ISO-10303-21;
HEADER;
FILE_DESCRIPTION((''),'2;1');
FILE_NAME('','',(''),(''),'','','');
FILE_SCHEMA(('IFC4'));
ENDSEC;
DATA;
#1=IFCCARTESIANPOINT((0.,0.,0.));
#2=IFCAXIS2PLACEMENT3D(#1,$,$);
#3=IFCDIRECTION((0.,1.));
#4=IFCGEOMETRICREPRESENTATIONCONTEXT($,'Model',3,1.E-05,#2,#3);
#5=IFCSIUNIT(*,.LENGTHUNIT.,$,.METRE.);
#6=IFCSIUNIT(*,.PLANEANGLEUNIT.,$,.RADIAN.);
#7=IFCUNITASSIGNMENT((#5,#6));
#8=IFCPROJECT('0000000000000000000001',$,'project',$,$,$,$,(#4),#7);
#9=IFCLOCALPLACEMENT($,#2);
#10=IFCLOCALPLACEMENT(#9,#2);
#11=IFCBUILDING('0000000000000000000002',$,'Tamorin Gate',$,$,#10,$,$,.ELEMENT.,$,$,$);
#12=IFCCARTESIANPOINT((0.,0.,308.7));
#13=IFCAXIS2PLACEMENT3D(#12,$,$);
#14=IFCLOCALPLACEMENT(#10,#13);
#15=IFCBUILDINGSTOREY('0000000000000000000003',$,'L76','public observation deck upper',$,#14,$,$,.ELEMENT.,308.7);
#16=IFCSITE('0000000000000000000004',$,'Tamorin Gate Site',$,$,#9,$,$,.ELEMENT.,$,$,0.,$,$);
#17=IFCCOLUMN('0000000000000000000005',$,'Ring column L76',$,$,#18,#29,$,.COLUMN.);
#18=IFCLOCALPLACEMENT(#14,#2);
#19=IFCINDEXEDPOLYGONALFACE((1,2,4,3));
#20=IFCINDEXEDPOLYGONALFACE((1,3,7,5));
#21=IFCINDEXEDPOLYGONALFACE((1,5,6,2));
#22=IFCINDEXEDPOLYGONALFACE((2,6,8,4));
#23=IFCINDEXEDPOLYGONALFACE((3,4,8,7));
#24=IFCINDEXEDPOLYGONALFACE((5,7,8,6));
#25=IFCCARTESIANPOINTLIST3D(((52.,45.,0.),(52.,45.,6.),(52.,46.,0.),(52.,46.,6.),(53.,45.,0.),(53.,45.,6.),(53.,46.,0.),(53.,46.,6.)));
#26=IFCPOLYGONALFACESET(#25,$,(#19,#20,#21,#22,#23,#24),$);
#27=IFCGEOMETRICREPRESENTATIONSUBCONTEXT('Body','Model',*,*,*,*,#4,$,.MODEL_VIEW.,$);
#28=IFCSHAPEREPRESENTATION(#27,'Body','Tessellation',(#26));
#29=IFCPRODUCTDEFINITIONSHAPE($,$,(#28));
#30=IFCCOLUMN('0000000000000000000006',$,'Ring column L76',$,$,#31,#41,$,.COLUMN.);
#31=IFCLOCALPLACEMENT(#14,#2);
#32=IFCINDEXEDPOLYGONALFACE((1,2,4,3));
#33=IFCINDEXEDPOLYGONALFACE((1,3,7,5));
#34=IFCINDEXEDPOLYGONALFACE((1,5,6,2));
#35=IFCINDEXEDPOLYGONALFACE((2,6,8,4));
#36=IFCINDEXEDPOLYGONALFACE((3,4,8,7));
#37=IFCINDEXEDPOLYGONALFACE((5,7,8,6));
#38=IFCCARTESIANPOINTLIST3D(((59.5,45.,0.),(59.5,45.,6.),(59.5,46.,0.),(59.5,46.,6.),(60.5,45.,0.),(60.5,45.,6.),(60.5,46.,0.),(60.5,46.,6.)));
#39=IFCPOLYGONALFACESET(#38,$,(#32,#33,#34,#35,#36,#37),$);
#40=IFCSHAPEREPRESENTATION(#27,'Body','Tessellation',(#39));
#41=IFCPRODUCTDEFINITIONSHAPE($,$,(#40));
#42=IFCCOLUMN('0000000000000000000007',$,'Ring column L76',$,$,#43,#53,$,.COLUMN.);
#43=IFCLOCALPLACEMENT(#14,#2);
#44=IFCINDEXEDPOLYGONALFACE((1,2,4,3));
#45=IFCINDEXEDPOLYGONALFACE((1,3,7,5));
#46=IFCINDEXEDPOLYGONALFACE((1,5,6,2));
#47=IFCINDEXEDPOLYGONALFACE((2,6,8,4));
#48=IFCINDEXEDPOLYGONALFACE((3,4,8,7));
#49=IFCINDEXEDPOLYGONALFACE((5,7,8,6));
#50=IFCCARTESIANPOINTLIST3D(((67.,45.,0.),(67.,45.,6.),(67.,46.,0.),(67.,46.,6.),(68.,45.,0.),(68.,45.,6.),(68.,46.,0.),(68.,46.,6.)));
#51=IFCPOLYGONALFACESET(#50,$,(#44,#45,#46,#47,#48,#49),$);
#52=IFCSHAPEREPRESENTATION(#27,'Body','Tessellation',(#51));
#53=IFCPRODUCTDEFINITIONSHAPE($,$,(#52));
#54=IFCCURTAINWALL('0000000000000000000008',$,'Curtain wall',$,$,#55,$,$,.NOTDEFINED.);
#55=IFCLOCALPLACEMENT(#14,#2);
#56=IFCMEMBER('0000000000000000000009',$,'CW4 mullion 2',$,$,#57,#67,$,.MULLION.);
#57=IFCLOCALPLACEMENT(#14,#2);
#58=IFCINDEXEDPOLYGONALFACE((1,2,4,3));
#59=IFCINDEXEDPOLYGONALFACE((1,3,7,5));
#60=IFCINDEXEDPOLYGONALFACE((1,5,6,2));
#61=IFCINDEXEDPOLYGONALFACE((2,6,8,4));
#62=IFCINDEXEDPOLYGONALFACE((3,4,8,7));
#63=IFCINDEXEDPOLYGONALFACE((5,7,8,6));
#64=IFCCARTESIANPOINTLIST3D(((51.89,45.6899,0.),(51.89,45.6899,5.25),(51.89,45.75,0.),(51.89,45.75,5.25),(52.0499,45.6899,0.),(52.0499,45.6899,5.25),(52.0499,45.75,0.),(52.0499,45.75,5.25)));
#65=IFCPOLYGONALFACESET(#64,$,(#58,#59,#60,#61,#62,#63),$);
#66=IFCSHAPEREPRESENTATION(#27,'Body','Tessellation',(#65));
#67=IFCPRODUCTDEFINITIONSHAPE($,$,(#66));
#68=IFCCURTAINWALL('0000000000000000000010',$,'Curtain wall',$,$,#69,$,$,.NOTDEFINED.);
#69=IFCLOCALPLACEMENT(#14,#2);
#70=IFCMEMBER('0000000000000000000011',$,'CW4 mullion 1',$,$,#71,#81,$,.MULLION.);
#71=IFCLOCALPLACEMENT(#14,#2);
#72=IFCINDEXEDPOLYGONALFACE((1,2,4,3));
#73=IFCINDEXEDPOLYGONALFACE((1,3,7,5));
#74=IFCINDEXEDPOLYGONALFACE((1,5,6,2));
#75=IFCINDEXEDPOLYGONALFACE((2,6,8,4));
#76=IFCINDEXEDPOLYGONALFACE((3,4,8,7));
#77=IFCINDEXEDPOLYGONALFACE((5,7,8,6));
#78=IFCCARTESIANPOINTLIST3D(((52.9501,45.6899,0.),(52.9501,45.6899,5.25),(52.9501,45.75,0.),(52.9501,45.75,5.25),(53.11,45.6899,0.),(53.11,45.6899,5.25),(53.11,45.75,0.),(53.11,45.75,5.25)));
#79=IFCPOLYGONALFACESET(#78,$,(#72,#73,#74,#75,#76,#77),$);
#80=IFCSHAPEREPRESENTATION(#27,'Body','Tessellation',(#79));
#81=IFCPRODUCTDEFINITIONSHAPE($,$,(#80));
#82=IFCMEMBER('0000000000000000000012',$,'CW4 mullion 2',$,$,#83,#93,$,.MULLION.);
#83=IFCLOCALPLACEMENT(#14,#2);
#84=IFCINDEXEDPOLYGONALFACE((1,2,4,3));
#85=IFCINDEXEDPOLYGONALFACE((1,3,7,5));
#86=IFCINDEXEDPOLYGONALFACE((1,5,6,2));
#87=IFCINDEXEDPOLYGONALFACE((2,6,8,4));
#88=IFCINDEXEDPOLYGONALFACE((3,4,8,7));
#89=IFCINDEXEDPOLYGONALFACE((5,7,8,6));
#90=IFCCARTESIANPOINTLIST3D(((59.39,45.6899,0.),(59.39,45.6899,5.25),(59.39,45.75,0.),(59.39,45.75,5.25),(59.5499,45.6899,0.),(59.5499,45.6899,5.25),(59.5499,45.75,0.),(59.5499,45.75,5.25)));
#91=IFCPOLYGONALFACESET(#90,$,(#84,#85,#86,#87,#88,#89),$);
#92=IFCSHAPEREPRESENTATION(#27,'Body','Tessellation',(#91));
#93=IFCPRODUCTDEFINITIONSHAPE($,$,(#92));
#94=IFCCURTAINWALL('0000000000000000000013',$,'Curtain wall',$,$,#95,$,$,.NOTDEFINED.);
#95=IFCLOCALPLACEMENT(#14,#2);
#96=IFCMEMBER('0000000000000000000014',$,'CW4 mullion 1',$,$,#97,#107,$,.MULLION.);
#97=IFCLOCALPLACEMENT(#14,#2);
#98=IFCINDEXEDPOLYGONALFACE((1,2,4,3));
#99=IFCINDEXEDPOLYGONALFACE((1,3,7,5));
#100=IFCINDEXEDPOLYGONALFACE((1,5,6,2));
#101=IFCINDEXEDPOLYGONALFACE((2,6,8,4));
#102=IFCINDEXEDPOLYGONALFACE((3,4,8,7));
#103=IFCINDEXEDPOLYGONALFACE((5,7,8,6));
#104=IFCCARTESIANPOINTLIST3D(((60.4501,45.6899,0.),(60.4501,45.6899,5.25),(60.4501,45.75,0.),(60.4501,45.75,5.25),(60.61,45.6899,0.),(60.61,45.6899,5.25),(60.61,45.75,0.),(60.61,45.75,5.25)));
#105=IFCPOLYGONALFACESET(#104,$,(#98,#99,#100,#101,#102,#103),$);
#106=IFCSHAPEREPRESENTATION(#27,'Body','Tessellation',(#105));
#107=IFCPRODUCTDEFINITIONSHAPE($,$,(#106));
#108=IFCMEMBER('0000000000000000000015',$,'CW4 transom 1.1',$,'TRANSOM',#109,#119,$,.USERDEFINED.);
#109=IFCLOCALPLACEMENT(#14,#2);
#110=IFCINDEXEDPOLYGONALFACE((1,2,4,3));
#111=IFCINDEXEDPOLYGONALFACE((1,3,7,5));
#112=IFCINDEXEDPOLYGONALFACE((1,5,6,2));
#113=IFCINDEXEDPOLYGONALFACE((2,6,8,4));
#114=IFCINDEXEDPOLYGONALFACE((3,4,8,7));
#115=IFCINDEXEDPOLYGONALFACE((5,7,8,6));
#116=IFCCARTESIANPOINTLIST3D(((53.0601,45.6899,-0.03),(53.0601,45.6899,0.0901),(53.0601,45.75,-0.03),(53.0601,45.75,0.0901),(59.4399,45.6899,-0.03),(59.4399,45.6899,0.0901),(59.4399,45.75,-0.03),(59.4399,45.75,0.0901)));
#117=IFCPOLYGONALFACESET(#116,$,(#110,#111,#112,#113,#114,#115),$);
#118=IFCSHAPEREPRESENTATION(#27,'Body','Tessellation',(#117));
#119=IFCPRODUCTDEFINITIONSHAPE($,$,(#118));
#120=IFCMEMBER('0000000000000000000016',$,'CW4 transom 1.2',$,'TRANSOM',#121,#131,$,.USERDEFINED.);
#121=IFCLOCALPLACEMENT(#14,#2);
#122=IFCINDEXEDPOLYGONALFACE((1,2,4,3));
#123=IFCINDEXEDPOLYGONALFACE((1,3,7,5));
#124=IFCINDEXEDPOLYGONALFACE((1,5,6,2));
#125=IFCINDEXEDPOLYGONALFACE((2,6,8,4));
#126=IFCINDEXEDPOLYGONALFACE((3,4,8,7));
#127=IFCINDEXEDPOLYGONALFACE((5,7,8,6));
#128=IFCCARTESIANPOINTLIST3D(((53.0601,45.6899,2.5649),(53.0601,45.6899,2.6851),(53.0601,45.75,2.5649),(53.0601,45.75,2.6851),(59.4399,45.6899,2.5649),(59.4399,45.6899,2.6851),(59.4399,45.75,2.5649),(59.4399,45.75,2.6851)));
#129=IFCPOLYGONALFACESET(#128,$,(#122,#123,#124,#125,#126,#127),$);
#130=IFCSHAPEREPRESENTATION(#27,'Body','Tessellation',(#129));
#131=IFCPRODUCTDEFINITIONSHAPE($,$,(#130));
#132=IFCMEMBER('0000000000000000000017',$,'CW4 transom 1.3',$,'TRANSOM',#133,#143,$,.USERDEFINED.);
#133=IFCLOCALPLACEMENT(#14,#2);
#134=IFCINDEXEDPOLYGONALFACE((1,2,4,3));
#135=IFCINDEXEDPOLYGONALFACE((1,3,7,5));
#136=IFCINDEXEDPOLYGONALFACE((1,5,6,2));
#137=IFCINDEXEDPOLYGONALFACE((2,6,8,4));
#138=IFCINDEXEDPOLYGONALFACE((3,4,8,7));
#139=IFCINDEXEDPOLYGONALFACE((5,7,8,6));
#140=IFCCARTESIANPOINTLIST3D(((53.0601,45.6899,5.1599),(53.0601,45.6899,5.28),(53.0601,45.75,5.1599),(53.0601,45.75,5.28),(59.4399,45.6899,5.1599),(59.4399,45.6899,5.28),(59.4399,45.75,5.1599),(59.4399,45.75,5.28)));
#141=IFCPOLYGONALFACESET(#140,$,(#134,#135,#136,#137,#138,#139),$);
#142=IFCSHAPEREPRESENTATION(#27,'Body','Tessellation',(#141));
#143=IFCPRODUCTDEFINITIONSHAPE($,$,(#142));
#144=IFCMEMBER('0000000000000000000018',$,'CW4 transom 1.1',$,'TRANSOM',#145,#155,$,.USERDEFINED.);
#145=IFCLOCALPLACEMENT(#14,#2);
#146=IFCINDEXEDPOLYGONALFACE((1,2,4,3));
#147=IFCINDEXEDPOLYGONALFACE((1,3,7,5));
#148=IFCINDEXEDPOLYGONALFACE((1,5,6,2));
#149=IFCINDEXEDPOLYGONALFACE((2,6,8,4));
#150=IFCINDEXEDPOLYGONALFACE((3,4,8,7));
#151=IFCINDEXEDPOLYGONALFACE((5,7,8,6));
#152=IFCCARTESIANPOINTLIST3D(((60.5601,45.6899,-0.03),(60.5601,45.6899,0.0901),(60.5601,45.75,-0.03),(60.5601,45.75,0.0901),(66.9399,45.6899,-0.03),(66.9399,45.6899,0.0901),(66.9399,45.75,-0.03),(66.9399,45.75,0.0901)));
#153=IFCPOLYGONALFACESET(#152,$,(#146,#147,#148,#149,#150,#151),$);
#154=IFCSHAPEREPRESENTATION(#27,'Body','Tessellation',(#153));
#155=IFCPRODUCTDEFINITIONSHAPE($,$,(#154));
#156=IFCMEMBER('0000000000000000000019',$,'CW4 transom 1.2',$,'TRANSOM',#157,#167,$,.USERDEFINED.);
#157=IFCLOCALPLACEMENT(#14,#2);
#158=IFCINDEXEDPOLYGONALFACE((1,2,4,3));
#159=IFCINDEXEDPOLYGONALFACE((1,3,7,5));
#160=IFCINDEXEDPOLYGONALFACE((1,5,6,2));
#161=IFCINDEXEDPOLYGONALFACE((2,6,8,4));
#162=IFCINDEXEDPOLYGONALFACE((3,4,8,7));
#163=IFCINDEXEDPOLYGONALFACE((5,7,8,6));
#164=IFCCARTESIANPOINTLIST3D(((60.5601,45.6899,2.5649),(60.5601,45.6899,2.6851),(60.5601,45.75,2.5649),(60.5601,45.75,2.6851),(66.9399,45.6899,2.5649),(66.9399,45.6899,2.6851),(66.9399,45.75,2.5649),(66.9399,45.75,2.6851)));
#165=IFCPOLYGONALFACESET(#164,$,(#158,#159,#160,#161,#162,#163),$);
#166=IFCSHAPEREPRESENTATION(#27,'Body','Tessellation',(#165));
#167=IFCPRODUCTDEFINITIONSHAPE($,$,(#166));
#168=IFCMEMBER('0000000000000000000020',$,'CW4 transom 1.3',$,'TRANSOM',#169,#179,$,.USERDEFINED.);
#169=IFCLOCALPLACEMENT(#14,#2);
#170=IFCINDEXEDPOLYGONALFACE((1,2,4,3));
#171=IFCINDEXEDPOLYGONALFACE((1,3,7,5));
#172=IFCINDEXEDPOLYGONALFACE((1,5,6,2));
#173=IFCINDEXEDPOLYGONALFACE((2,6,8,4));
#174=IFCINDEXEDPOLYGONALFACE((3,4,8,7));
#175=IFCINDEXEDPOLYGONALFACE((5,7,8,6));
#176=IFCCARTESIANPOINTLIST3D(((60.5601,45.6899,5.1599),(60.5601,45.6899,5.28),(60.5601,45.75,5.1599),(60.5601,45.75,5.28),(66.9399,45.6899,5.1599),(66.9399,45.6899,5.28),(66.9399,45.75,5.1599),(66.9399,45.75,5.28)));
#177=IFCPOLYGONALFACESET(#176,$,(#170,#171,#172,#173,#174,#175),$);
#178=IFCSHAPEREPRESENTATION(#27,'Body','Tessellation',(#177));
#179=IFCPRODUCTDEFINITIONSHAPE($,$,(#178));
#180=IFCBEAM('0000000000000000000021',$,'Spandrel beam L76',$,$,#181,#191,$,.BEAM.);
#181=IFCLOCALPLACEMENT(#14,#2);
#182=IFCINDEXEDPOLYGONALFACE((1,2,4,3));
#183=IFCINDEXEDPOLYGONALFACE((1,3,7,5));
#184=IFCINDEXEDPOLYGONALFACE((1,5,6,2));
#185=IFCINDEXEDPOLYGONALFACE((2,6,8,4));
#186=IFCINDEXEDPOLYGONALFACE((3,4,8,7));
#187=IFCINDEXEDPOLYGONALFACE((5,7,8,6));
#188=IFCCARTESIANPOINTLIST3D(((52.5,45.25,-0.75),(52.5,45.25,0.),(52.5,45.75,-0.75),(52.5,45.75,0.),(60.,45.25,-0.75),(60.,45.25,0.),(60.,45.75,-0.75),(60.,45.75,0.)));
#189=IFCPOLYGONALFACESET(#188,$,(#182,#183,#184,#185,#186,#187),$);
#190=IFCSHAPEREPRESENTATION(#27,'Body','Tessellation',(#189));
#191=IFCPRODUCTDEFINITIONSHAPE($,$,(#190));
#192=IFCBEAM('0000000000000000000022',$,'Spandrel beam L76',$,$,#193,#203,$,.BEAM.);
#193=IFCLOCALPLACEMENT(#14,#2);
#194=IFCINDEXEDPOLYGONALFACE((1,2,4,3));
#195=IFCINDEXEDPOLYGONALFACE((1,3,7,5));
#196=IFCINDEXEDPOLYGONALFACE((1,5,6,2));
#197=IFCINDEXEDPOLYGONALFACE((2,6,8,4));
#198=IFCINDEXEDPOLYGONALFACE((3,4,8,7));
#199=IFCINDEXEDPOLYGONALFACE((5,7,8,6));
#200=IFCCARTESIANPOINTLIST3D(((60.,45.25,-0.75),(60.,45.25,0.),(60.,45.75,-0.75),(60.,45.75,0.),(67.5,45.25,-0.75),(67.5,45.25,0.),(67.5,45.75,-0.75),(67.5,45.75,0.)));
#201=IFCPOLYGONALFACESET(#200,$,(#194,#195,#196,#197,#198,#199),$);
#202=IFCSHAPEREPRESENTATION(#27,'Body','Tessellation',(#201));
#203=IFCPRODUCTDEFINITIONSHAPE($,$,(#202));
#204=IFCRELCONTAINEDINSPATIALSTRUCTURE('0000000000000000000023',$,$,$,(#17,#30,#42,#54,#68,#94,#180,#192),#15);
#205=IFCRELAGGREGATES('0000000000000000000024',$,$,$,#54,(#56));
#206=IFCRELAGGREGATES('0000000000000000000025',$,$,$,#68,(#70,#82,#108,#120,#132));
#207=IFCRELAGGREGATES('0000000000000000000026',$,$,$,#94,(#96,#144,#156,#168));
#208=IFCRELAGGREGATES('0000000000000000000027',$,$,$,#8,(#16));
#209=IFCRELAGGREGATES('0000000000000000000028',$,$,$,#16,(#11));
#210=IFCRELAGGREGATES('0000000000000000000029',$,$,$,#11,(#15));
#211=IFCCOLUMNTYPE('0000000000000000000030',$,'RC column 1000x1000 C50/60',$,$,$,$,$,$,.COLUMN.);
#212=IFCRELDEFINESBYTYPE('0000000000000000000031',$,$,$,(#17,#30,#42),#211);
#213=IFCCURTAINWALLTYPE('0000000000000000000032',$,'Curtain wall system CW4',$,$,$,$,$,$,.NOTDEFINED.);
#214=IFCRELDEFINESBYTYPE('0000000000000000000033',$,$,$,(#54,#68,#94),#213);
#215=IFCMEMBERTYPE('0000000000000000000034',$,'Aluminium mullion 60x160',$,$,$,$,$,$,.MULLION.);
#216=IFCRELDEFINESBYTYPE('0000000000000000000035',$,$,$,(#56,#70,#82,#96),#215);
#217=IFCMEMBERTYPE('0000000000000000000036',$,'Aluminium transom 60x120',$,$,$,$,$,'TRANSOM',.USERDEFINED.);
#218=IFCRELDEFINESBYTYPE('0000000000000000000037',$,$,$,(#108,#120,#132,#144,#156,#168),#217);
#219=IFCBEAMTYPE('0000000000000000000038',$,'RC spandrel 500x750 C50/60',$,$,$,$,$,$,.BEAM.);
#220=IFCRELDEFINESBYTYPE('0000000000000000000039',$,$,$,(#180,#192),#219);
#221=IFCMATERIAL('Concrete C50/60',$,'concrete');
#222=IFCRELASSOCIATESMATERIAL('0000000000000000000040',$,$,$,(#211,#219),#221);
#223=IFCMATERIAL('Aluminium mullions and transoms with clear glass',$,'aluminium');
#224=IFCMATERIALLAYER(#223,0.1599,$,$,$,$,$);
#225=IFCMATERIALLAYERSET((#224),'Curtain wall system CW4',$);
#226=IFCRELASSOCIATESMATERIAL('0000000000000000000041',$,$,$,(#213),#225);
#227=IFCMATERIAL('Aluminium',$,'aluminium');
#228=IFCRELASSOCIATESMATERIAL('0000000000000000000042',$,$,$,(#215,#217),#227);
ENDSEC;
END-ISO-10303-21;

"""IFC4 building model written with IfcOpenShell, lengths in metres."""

from ifc_helpers import new_model, si_unit, direction, frame, origin, origin_2d, place, context, subcontext, project, spatial, rectangle, extrude, material, layer, layer_set, material_profile, profile_set, type_object, element, aggregate, save


model = new_model("IFC4")

# Units and contexts
model_context = context("Model", 3, precision=1e-05, world=origin(), true_north=direction((0.0, 1.0)))
body_context = subcontext(model_context, "Body", "Model", "MODEL_VIEW")
ifc_project = project(units=[si_unit("LENGTHUNIT", "METRE"), si_unit("PLANEANGLEUNIT", "RADIAN")], contexts=[model_context])

# Site, building, storey
site_placement = place(None, origin())
site = spatial("IfcSite", under=ifc_project, at=site_placement, Name="Tamorin Gate Site", CompositionType="ELEMENT", RefElevation=0.0)
building_placement = place(site_placement, origin())
building = spatial("IfcBuilding", under=site, at=building_placement, Name="Tamorin Gate", CompositionType="ELEMENT")
storey_placement = place(building_placement, frame((0.0, 0.0, 308.7)))
storey = spatial("IfcBuildingStorey", under=building, at=storey_placement, Name="L76", Description="public observation deck upper", CompositionType="ELEMENT", Elevation=308.7)

# Columns
ifc_material_1 = material(Name="Concrete C50/60", Category="concrete")
ifc_material_profile_1 = material_profile(ifc_material_1, rectangle(XDim=1.0, YDim=1.0, at=origin_2d()), Name="RC 1000x1000")
ifc_profile_set_1 = profile_set([ifc_material_profile_1], Name="Concrete C50/60")
column_type = type_object("IfcColumnType", Name="RC column 1000x1000 C50/60", PredefinedType="COLUMN", material=ifc_profile_set_1)
for number, where, z_axis, x_axis, name in (
    (1, (52.5, 45.5, 0.0), (0.0, 0.0, 1.0), (1.0, 0.0, 0.0), "Ring column L76"),
    (2, (60.0, 45.5, 0.0), (0.0, 0.0, 1.0), (1.0, 0.0, 0.0), "Ring column L76"),
    (3, (67.5, 45.5, 0.0), (0.0, 0.0, 1.0), (1.0, 0.0, 0.0), "Ring column L76"),
):
    element("IfcColumn", number, at=place(storey_placement, frame(where, z_axis=z_axis, x_axis=x_axis)), inside=storey, type_object=column_type, Name=name, PredefinedType="COLUMN", context=body_context, shape_type="SweptSolid", body=[
        extrude(rectangle(XDim=1.0, YDim=1.0, at=origin_2d()), origin(), (0.0, 0.0, 1.0), 6.0),
    ])

# Curtain wall, member
ifc_material_2 = material(Name="Aluminium mullions and transoms with clear glass", Category="aluminium")
ifc_layer_1 = layer(ifc_material_2, 0.1599)
ifc_layer_set_1 = layer_set([ifc_layer_1], Name="Curtain wall system CW4")
curtain_wall_type = type_object("IfcCurtainWallType", Name="Curtain wall system CW4", PredefinedType="NOTDEFINED", material=ifc_layer_set_1)
curtain_wall_1_placement = place(storey_placement, origin())
curtain_wall_1 = element("IfcCurtainWall", 4, at=curtain_wall_1_placement, inside=storey, type_object=curtain_wall_type, Name="Curtain wall", PredefinedType="NOTDEFINED")
ifc_material_3 = material(Name="Aluminium", Category="aluminium")
ifc_material_profile_2 = material_profile(ifc_material_3, rectangle(XDim=0.0601, YDim=0.1599, at=origin_2d()), Name="RECT 60x160")
ifc_profile_set_2 = profile_set([ifc_material_profile_2], Name="Aluminium")
member_type_1 = type_object("IfcMemberType", Name="Aluminium mullion 60x160", PredefinedType="MULLION", material=ifc_profile_set_2)
member_1_placement = place(storey_placement, frame((51.97, 45.72, 0.0), z_axis=(0.0, 0.0, 1.0), x_axis=(0.0, 1.0, 0.0)))
member_1 = element("IfcMember", 5, at=member_1_placement, type_object=member_type_1, Name="CW4 mullion 2", PredefinedType="MULLION", context=body_context, shape_type="SweptSolid", body=[
    extrude(rectangle(XDim=0.0601, YDim=0.1599, at=origin_2d()), origin(), (0.0, 0.0, 1.0), 5.25),
])
aggregate(curtain_wall_1, [member_1])

# Curtain wall, members
curtain_wall_2_placement = place(storey_placement, origin())
curtain_wall_2 = element("IfcCurtainWall", 6, at=curtain_wall_2_placement, inside=storey, type_object=curtain_wall_type, Name="Curtain wall", PredefinedType="NOTDEFINED")
member_2_placement = place(storey_placement, frame((53.03, 45.72, 0.0), z_axis=(0.0, 0.0, 1.0), x_axis=(0.0, 1.0, 0.0)))
member_2 = element("IfcMember", 7, at=member_2_placement, type_object=member_type_1, Name="CW4 mullion 1", PredefinedType="MULLION", context=body_context, shape_type="SweptSolid", body=[
    extrude(rectangle(XDim=0.0601, YDim=0.1599, at=origin_2d()), origin(), (0.0, 0.0, 1.0), 5.25),
])
member_3_placement = place(storey_placement, frame((59.47, 45.72, 0.0), z_axis=(0.0, 0.0, 1.0), x_axis=(0.0, 1.0, 0.0)))
member_3 = element("IfcMember", 8, at=member_3_placement, type_object=member_type_1, Name="CW4 mullion 2", PredefinedType="MULLION", context=body_context, shape_type="SweptSolid", body=[
    extrude(rectangle(XDim=0.0601, YDim=0.1599, at=origin_2d()), origin(), (0.0, 0.0, 1.0), 5.25),
])

# Curtain wall, member
curtain_wall_3_placement = place(storey_placement, origin())
curtain_wall_3 = element("IfcCurtainWall", 9, at=curtain_wall_3_placement, inside=storey, type_object=curtain_wall_type, Name="Curtain wall", PredefinedType="NOTDEFINED")
member_4_placement = place(storey_placement, frame((60.53, 45.72, 0.0), z_axis=(0.0, 0.0, 1.0), x_axis=(0.0, 1.0, 0.0)))
member_4 = element("IfcMember", 10, at=member_4_placement, type_object=member_type_1, Name="CW4 mullion 1", PredefinedType="MULLION", context=body_context, shape_type="SweptSolid", body=[
    extrude(rectangle(XDim=0.0601, YDim=0.1599, at=origin_2d()), origin(), (0.0, 0.0, 1.0), 5.25),
])

# Members
ifc_material_profile_3 = material_profile(ifc_material_3, rectangle(XDim=0.0601, YDim=0.1201, at=origin_2d()), Name="RECT 60x120")
ifc_profile_set_3 = profile_set([ifc_material_profile_3], Name="Aluminium")
member_type_2 = type_object("IfcMemberType", Name="Aluminium transom 60x120", ElementType="TRANSOM", PredefinedType="USERDEFINED", material=ifc_profile_set_3)
member_5_placement = place(storey_placement, frame((53.0601, 45.72, 0.03), z_axis=(1.0, 0.0, 0.0), x_axis=(0.0, 1.0, 0.0)))
member_5 = element("IfcMember", 11, at=member_5_placement, type_object=member_type_2, Name="CW4 transom 1.1", ObjectType="TRANSOM", PredefinedType="USERDEFINED", context=body_context, shape_type="SweptSolid", body=[
    extrude(rectangle(XDim=0.0601, YDim=0.1201, at=origin_2d()), origin(), (0.0, 0.0, 1.0), 6.3799),
])
member_6_placement = place(storey_placement, frame((53.0601, 45.72, 2.625), z_axis=(1.0, 0.0, 0.0), x_axis=(0.0, 1.0, 0.0)))
member_6 = element("IfcMember", 12, at=member_6_placement, type_object=member_type_2, Name="CW4 transom 1.2", ObjectType="TRANSOM", PredefinedType="USERDEFINED", context=body_context, shape_type="SweptSolid", body=[
    extrude(rectangle(XDim=0.0601, YDim=0.1201, at=origin_2d()), origin(), (0.0, 0.0, 1.0), 6.3799),
])
member_7_placement = place(storey_placement, frame((53.0601, 45.72, 5.22), z_axis=(1.0, 0.0, 0.0), x_axis=(0.0, 1.0, 0.0)))
member_7 = element("IfcMember", 13, at=member_7_placement, type_object=member_type_2, Name="CW4 transom 1.3", ObjectType="TRANSOM", PredefinedType="USERDEFINED", context=body_context, shape_type="SweptSolid", body=[
    extrude(rectangle(XDim=0.0601, YDim=0.1201, at=origin_2d()), origin(), (0.0, 0.0, 1.0), 6.3799),
])
member_8_placement = place(storey_placement, frame((60.5601, 45.72, 0.03), z_axis=(1.0, 0.0, 0.0), x_axis=(0.0, 1.0, 0.0)))
member_8 = element("IfcMember", 14, at=member_8_placement, type_object=member_type_2, Name="CW4 transom 1.1", ObjectType="TRANSOM", PredefinedType="USERDEFINED", context=body_context, shape_type="SweptSolid", body=[
    extrude(rectangle(XDim=0.0601, YDim=0.1201, at=origin_2d()), origin(), (0.0, 0.0, 1.0), 6.3799),
])
member_9_placement = place(storey_placement, frame((60.5601, 45.72, 2.625), z_axis=(1.0, 0.0, 0.0), x_axis=(0.0, 1.0, 0.0)))
member_9 = element("IfcMember", 15, at=member_9_placement, type_object=member_type_2, Name="CW4 transom 1.2", ObjectType="TRANSOM", PredefinedType="USERDEFINED", context=body_context, shape_type="SweptSolid", body=[
    extrude(rectangle(XDim=0.0601, YDim=0.1201, at=origin_2d()), origin(), (0.0, 0.0, 1.0), 6.3799),
])
member_10_placement = place(storey_placement, frame((60.5601, 45.72, 5.22), z_axis=(1.0, 0.0, 0.0), x_axis=(0.0, 1.0, 0.0)))
member_10 = element("IfcMember", 16, at=member_10_placement, type_object=member_type_2, Name="CW4 transom 1.3", ObjectType="TRANSOM", PredefinedType="USERDEFINED", context=body_context, shape_type="SweptSolid", body=[
    extrude(rectangle(XDim=0.0601, YDim=0.1201, at=origin_2d()), origin(), (0.0, 0.0, 1.0), 6.3799),
])

# Beams
ifc_material_profile_4 = material_profile(ifc_material_1, rectangle(XDim=0.5, YDim=0.75, at=origin_2d()), Name="RC 500x750")
ifc_profile_set_4 = profile_set([ifc_material_profile_4], Name="Concrete C50/60")
beam_type = type_object("IfcBeamType", Name="RC spandrel 500x750 C50/60", PredefinedType="BEAM", material=ifc_profile_set_4)
for number, where, z_axis, x_axis, name in (
    (17, (52.5, 45.5, -0.375), (1.0, 0.0, 0.0), (0.0, 1.0, 0.0), "Spandrel beam L76"),
    (18, (60.0, 45.5, -0.375), (1.0, 0.0, 0.0), (0.0, 1.0, 0.0), "Spandrel beam L76"),
):
    element("IfcBeam", number, at=place(storey_placement, frame(where, z_axis=z_axis, x_axis=x_axis)), inside=storey, type_object=beam_type, Name=name, PredefinedType="BEAM", context=body_context, shape_type="SweptSolid", body=[
        extrude(rectangle(XDim=0.5, YDim=0.75, at=origin_2d()), origin(), (0.0, 0.0, 1.0), 7.5),
    ])

aggregate(curtain_wall_2, [member_2, member_3, member_5, member_6, member_7])
aggregate(curtain_wall_3, [member_4, member_8, member_9, member_10])

save(model, "model.ifc")
